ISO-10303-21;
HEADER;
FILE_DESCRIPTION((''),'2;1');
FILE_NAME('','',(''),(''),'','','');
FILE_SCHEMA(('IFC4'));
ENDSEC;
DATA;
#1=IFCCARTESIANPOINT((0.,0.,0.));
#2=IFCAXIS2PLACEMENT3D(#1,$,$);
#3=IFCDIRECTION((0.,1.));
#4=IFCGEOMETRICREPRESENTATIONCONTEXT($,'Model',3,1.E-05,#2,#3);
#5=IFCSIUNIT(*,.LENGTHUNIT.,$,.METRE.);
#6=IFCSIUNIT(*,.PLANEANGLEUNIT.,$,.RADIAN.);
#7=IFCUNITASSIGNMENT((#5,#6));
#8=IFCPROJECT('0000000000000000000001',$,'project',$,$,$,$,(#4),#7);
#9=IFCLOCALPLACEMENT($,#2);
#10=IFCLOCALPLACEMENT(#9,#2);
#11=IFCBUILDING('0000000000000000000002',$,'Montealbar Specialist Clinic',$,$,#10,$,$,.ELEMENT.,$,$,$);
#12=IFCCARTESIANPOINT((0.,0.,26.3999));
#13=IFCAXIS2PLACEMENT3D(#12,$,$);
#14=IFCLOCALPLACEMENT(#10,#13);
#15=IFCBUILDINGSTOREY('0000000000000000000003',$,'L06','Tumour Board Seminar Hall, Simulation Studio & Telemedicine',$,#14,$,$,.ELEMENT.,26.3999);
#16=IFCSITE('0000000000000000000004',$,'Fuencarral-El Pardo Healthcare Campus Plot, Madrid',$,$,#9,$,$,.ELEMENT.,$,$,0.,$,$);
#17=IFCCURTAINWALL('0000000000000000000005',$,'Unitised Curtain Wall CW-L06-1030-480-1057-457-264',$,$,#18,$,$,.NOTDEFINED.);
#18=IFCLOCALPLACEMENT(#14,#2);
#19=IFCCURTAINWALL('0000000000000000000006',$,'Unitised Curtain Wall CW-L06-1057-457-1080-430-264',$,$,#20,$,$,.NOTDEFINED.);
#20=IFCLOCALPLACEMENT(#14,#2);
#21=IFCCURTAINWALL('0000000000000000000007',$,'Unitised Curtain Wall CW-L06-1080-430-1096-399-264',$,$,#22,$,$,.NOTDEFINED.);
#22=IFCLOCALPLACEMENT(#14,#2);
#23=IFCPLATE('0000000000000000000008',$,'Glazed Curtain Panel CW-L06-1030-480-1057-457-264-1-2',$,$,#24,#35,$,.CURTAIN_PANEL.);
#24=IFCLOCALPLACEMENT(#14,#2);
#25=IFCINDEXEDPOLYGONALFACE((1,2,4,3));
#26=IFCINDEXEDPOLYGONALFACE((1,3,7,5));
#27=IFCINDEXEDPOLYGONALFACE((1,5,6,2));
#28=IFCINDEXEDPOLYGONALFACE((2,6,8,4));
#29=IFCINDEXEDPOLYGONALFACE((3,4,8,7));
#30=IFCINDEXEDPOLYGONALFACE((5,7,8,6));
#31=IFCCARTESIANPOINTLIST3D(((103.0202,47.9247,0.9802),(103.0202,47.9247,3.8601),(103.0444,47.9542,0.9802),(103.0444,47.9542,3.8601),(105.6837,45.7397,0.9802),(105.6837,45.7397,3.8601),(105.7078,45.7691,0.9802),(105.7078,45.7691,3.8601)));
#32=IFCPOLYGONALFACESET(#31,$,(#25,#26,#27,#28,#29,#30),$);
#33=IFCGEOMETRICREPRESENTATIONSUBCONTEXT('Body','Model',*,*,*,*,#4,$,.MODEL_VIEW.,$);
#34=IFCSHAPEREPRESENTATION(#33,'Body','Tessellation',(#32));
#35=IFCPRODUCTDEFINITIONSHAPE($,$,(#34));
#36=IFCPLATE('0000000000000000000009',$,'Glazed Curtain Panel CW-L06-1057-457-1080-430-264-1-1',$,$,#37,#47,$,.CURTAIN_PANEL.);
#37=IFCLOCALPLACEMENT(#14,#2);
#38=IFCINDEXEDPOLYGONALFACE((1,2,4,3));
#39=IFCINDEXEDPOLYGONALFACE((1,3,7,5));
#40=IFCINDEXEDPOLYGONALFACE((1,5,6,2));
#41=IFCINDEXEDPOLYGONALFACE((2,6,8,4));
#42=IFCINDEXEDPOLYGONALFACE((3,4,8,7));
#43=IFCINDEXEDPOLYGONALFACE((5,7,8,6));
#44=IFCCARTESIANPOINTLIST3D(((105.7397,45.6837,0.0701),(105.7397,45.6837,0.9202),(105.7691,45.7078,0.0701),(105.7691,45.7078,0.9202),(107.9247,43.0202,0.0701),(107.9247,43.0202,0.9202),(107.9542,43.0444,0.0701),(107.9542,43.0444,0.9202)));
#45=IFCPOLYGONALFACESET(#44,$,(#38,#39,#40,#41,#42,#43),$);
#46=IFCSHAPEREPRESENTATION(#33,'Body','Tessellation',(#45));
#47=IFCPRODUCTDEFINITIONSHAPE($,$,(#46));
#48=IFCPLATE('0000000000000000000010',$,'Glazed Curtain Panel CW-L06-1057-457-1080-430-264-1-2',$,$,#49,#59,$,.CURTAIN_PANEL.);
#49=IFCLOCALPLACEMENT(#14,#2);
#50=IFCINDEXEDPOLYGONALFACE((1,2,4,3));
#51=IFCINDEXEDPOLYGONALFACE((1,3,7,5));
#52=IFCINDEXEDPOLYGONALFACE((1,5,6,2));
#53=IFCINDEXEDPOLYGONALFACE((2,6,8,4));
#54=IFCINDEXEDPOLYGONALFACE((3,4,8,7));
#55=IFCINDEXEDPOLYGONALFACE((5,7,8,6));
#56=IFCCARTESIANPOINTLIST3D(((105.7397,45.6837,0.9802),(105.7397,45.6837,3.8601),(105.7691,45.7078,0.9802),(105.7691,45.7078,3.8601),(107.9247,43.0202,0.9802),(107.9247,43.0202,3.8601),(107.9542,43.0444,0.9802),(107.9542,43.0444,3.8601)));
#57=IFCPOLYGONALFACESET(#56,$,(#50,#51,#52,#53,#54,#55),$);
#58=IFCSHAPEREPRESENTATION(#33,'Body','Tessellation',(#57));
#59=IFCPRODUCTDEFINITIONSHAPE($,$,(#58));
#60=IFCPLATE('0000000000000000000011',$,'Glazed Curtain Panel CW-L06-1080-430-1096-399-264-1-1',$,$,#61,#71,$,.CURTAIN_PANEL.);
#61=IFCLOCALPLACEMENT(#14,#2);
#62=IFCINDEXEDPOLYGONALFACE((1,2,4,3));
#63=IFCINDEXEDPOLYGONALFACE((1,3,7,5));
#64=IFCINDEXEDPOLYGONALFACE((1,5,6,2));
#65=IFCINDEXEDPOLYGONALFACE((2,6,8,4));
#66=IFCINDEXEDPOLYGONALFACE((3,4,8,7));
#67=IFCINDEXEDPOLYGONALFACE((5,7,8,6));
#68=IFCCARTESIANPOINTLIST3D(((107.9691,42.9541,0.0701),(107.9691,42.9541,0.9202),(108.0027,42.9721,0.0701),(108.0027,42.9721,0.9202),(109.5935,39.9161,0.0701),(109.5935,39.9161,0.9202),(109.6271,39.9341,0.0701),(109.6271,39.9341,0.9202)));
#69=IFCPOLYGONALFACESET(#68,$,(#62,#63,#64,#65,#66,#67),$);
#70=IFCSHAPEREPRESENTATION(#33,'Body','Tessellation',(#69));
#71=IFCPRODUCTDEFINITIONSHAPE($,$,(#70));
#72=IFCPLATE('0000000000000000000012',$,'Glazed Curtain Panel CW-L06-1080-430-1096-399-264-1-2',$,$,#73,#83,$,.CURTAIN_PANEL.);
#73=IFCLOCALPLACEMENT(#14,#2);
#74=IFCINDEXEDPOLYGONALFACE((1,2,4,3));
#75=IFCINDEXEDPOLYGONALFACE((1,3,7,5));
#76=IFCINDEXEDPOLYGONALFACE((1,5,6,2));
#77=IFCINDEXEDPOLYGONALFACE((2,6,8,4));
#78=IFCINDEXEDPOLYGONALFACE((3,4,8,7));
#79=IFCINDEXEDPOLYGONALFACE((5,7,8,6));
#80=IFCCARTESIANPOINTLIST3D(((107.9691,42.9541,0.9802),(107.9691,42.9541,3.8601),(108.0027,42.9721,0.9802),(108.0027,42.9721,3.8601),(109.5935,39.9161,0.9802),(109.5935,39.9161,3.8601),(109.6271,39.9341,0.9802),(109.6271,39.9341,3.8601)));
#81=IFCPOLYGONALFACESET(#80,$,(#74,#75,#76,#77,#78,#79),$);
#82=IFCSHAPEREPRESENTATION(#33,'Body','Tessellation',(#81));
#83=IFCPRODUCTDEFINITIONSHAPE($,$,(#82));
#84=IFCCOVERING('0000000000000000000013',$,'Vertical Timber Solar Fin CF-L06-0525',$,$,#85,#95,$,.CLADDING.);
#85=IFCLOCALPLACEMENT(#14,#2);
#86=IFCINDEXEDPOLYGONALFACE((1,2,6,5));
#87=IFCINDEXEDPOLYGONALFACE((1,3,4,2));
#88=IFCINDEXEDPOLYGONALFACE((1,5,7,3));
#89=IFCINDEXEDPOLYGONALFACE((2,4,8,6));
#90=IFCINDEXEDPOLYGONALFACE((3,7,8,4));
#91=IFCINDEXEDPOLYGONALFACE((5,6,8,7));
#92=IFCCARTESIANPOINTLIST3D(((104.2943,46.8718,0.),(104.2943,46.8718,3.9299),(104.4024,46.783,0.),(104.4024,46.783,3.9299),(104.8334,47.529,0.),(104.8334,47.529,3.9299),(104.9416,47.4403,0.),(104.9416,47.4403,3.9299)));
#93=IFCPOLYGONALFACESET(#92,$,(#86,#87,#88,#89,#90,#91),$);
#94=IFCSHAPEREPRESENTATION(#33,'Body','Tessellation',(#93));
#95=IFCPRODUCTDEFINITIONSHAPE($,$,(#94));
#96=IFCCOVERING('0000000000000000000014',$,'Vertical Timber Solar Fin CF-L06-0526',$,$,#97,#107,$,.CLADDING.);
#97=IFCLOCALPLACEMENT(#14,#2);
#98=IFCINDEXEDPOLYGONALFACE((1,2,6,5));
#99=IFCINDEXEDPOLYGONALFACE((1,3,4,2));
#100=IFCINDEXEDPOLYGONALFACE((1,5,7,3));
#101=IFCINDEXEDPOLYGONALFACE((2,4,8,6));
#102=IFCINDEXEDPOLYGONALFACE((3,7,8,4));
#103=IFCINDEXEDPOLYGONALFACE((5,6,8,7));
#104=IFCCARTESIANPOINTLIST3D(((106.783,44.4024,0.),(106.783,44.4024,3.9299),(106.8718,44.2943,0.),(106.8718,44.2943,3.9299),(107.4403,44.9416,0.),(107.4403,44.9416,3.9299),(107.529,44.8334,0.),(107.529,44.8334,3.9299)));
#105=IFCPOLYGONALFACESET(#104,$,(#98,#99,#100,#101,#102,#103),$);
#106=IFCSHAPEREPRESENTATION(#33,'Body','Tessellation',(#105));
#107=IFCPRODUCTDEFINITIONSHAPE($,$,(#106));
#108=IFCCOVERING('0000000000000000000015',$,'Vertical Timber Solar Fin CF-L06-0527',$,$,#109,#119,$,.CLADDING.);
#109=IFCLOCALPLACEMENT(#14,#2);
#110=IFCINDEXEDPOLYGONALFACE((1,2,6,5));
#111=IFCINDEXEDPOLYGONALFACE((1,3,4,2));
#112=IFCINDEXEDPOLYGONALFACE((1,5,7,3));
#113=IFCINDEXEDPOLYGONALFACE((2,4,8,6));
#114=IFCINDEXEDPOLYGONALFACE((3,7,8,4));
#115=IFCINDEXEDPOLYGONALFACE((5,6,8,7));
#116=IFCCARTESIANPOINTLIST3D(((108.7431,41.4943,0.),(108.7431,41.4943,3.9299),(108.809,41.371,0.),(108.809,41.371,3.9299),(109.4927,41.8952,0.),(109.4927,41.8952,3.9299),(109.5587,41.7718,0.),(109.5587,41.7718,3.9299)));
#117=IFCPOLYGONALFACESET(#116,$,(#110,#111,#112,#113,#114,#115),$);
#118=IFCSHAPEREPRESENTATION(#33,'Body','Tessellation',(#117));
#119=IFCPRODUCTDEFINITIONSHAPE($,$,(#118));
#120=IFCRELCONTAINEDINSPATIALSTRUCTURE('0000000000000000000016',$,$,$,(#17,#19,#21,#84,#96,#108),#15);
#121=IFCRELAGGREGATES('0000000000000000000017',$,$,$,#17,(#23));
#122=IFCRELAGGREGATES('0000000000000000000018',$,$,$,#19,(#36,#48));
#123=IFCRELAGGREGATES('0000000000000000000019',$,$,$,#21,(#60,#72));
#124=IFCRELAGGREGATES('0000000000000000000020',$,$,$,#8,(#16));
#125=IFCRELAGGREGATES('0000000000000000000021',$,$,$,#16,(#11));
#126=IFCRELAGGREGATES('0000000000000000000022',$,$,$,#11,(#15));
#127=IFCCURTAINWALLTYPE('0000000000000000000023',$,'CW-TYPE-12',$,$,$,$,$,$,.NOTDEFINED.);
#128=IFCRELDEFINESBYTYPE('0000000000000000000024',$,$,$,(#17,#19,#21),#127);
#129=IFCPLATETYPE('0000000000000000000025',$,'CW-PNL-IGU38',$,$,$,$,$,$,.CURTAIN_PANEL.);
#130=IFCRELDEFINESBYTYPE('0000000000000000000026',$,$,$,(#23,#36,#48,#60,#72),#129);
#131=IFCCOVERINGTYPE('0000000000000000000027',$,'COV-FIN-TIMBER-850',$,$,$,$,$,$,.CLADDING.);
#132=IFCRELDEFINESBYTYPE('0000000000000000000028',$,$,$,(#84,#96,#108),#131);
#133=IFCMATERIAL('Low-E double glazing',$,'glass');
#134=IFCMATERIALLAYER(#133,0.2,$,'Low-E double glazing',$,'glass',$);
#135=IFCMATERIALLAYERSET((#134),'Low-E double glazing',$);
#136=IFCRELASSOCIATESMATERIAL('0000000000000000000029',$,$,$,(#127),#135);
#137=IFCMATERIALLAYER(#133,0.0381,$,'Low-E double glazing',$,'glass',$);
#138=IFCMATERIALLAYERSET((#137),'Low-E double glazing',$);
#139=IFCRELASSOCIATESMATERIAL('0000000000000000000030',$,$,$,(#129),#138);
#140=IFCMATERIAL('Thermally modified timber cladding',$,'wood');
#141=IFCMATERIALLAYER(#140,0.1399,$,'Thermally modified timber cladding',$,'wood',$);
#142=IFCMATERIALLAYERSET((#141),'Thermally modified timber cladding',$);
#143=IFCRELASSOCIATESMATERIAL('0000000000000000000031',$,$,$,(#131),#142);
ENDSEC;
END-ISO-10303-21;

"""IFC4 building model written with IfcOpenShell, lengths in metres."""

from ifc_helpers import new_model, si_unit, direction, frame, origin, origin_2d, place, context, subcontext, project, spatial, rectangle, extrude, material, layer, layer_set, type_object, element, aggregate, save


model = new_model("IFC4")

# Units and contexts
model_context = context("Model", 3, precision=1e-05, world=origin(), true_north=direction((0.0, 1.0)))
body_context = subcontext(model_context, "Body", "Model", "MODEL_VIEW")
ifc_project = project(units=[si_unit("LENGTHUNIT", "METRE"), si_unit("PLANEANGLEUNIT", "RADIAN")], contexts=[model_context])

# Site, building, storey
site_placement = place(None, origin())
site = spatial("IfcSite", under=ifc_project, at=site_placement, Name="Fuencarral-El Pardo Healthcare Campus Plot, Madrid", CompositionType="ELEMENT", RefElevation=0.0)
building_placement = place(site_placement, origin())
building = spatial("IfcBuilding", under=site, at=building_placement, Name="Montealbar Specialist Clinic", CompositionType="ELEMENT")
storey_placement = place(building_placement, frame((0.0, 0.0, 26.3999)))
storey = spatial("IfcBuildingStorey", under=building, at=storey_placement, Name="L06", Description="Tumour Board Seminar Hall, Simulation Studio & Telemedicine", CompositionType="ELEMENT", Elevation=26.3999)

# Curtain wall
ifc_material_1 = material(Name="Low-E double glazing", Category="glass")
ifc_layer_1 = layer(ifc_material_1, 0.2, Name="Low-E double glazing", Category="glass")
ifc_layer_set_1 = layer_set([ifc_layer_1], Name="Low-E double glazing")
curtain_wall_type = type_object("IfcCurtainWallType", Name="CW-TYPE-12", PredefinedType="NOTDEFINED", material=ifc_layer_set_1)
curtain_wall_1_placement = place(storey_placement, origin())
curtain_wall_1 = element("IfcCurtainWall", 1, at=curtain_wall_1_placement, inside=storey, type_object=curtain_wall_type, Name="Unitised Curtain Wall CW-L06-1030-480-1057-457-264", PredefinedType="NOTDEFINED")

# Curtain walls
curtain_wall_2_placement = place(storey_placement, origin())
curtain_wall_2 = element("IfcCurtainWall", 2, at=curtain_wall_2_placement, inside=storey, type_object=curtain_wall_type, Name="Unitised Curtain Wall CW-L06-1057-457-1080-430-264", PredefinedType="NOTDEFINED")
curtain_wall_3_placement = place(storey_placement, origin())
curtain_wall_3 = element("IfcCurtainWall", 3, at=curtain_wall_3_placement, inside=storey, type_object=curtain_wall_type, Name="Unitised Curtain Wall CW-L06-1080-430-1096-399-264", PredefinedType="NOTDEFINED")

# Plates
ifc_layer_2 = layer(ifc_material_1, 0.0381, Name="Low-E double glazing", Category="glass")
ifc_layer_set_2 = layer_set([ifc_layer_2], Name="Low-E double glazing")
plate_type = type_object("IfcPlateType", Name="CW-PNL-IGU38", PredefinedType="CURTAIN_PANEL", material=ifc_layer_set_2)
plate_1_placement = place(storey_placement, frame((104.364, 46.8469, 0.9802), z_axis=(0.0, 0.0, 1.0), x_axis=(0.773123, -0.634256, 0.0)))
plate_1 = element("IfcPlate", 4, at=plate_1_placement, type_object=plate_type, Name="Glazed Curtain Panel CW-L06-1030-480-1057-457-264-1-2", PredefinedType="CURTAIN_PANEL", context=body_context, shape_type="SweptSolid", body=[
    extrude(rectangle(XDim=3.4451, YDim=0.0381, at=origin_2d()), origin(), (0.0, 0.0, 1.0), 2.8799),
])
aggregate(curtain_wall_1, [plate_1])
plate_2_placement = place(storey_placement, frame((106.8469, 44.364, 0.0701), z_axis=(0.0, 0.0, 1.0), x_axis=(0.634256, -0.773123, 0.0)))
plate_2 = element("IfcPlate", 5, at=plate_2_placement, type_object=plate_type, Name="Glazed Curtain Panel CW-L06-1057-457-1080-430-264-1-1", PredefinedType="CURTAIN_PANEL", context=body_context, shape_type="SweptSolid", body=[
    extrude(rectangle(XDim=3.4451, YDim=0.0381, at=origin_2d()), origin(), (0.0, 0.0, 1.0), 0.8501),
])
plate_3_placement = place(storey_placement, frame((106.8469, 44.364, 0.9802), z_axis=(0.0, 0.0, 1.0), x_axis=(0.634256, -0.773123, 0.0)))
plate_3 = element("IfcPlate", 6, at=plate_3_placement, type_object=plate_type, Name="Glazed Curtain Panel CW-L06-1057-457-1080-430-264-1-2", PredefinedType="CURTAIN_PANEL", context=body_context, shape_type="SweptSolid", body=[
    extrude(rectangle(XDim=3.4451, YDim=0.0381, at=origin_2d()), origin(), (0.0, 0.0, 1.0), 2.8799),
])
aggregate(curtain_wall_2, [plate_2, plate_3])
plate_4_placement = place(storey_placement, frame((108.7981, 41.4441, 0.0701), z_axis=(0.0, 0.0, 1.0), x_axis=(0.471529, -0.88185, 0.0)))
plate_4 = element("IfcPlate", 7, at=plate_4_placement, type_object=plate_type, Name="Glazed Curtain Panel CW-L06-1080-430-1096-399-264-1-1", PredefinedType="CURTAIN_PANEL", context=body_context, shape_type="SweptSolid", body=[
    extrude(rectangle(XDim=3.4451, YDim=0.0381, at=origin_2d()), origin(), (0.0, 0.0, 1.0), 0.8501),
])
plate_5_placement = place(storey_placement, frame((108.7981, 41.4441, 0.9802), z_axis=(0.0, 0.0, 1.0), x_axis=(0.471529, -0.88185, 0.0)))
plate_5 = element("IfcPlate", 8, at=plate_5_placement, type_object=plate_type, Name="Glazed Curtain Panel CW-L06-1080-430-1096-399-264-1-2", PredefinedType="CURTAIN_PANEL", context=body_context, shape_type="SweptSolid", body=[
    extrude(rectangle(XDim=3.4451, YDim=0.0381, at=origin_2d()), origin(), (0.0, 0.0, 1.0), 2.8799),
])
aggregate(curtain_wall_3, [plate_4, plate_5])

# Coverings
ifc_material_2 = material(Name="Thermally modified timber cladding", Category="wood")
ifc_layer_3 = layer(ifc_material_2, 0.1399, Name="Thermally modified timber cladding", Category="wood")
ifc_layer_set_3 = layer_set([ifc_layer_3], Name="Thermally modified timber cladding")
covering_type = type_object("IfcCoveringType", Name="COV-FIN-TIMBER-850", PredefinedType="CLADDING", material=ifc_layer_set_3)
for number, where, z_axis, x_axis, name in (
    (9, (104.6179, 47.156, 0.0), (0.0, 0.0, 1.0), (0.634256, 0.773123, 0.0), "Vertical Timber Solar Fin CF-L06-0525"),
    (10, (107.156, 44.6179, 0.0), (0.0, 0.0, 1.0), (0.773123, 0.634256, 0.0), "Vertical Timber Solar Fin CF-L06-0526"),
    (11, (109.1509, 41.6331, 0.0), (0.0, 0.0, 1.0), (0.88185, 0.471529, 0.0), "Vertical Timber Solar Fin CF-L06-0527"),
):
    element("IfcCovering", number, at=place(storey_placement, frame(where, z_axis=z_axis, x_axis=x_axis)), inside=storey, type_object=covering_type, Name=name, PredefinedType="CLADDING", context=body_context, shape_type="SweptSolid", body=[
        extrude(rectangle(XDim=0.8501, YDim=0.1399, at=origin_2d()), origin(), (0.0, 0.0, 1.0), 3.9299),
    ])

save(model, "model.ifc")
